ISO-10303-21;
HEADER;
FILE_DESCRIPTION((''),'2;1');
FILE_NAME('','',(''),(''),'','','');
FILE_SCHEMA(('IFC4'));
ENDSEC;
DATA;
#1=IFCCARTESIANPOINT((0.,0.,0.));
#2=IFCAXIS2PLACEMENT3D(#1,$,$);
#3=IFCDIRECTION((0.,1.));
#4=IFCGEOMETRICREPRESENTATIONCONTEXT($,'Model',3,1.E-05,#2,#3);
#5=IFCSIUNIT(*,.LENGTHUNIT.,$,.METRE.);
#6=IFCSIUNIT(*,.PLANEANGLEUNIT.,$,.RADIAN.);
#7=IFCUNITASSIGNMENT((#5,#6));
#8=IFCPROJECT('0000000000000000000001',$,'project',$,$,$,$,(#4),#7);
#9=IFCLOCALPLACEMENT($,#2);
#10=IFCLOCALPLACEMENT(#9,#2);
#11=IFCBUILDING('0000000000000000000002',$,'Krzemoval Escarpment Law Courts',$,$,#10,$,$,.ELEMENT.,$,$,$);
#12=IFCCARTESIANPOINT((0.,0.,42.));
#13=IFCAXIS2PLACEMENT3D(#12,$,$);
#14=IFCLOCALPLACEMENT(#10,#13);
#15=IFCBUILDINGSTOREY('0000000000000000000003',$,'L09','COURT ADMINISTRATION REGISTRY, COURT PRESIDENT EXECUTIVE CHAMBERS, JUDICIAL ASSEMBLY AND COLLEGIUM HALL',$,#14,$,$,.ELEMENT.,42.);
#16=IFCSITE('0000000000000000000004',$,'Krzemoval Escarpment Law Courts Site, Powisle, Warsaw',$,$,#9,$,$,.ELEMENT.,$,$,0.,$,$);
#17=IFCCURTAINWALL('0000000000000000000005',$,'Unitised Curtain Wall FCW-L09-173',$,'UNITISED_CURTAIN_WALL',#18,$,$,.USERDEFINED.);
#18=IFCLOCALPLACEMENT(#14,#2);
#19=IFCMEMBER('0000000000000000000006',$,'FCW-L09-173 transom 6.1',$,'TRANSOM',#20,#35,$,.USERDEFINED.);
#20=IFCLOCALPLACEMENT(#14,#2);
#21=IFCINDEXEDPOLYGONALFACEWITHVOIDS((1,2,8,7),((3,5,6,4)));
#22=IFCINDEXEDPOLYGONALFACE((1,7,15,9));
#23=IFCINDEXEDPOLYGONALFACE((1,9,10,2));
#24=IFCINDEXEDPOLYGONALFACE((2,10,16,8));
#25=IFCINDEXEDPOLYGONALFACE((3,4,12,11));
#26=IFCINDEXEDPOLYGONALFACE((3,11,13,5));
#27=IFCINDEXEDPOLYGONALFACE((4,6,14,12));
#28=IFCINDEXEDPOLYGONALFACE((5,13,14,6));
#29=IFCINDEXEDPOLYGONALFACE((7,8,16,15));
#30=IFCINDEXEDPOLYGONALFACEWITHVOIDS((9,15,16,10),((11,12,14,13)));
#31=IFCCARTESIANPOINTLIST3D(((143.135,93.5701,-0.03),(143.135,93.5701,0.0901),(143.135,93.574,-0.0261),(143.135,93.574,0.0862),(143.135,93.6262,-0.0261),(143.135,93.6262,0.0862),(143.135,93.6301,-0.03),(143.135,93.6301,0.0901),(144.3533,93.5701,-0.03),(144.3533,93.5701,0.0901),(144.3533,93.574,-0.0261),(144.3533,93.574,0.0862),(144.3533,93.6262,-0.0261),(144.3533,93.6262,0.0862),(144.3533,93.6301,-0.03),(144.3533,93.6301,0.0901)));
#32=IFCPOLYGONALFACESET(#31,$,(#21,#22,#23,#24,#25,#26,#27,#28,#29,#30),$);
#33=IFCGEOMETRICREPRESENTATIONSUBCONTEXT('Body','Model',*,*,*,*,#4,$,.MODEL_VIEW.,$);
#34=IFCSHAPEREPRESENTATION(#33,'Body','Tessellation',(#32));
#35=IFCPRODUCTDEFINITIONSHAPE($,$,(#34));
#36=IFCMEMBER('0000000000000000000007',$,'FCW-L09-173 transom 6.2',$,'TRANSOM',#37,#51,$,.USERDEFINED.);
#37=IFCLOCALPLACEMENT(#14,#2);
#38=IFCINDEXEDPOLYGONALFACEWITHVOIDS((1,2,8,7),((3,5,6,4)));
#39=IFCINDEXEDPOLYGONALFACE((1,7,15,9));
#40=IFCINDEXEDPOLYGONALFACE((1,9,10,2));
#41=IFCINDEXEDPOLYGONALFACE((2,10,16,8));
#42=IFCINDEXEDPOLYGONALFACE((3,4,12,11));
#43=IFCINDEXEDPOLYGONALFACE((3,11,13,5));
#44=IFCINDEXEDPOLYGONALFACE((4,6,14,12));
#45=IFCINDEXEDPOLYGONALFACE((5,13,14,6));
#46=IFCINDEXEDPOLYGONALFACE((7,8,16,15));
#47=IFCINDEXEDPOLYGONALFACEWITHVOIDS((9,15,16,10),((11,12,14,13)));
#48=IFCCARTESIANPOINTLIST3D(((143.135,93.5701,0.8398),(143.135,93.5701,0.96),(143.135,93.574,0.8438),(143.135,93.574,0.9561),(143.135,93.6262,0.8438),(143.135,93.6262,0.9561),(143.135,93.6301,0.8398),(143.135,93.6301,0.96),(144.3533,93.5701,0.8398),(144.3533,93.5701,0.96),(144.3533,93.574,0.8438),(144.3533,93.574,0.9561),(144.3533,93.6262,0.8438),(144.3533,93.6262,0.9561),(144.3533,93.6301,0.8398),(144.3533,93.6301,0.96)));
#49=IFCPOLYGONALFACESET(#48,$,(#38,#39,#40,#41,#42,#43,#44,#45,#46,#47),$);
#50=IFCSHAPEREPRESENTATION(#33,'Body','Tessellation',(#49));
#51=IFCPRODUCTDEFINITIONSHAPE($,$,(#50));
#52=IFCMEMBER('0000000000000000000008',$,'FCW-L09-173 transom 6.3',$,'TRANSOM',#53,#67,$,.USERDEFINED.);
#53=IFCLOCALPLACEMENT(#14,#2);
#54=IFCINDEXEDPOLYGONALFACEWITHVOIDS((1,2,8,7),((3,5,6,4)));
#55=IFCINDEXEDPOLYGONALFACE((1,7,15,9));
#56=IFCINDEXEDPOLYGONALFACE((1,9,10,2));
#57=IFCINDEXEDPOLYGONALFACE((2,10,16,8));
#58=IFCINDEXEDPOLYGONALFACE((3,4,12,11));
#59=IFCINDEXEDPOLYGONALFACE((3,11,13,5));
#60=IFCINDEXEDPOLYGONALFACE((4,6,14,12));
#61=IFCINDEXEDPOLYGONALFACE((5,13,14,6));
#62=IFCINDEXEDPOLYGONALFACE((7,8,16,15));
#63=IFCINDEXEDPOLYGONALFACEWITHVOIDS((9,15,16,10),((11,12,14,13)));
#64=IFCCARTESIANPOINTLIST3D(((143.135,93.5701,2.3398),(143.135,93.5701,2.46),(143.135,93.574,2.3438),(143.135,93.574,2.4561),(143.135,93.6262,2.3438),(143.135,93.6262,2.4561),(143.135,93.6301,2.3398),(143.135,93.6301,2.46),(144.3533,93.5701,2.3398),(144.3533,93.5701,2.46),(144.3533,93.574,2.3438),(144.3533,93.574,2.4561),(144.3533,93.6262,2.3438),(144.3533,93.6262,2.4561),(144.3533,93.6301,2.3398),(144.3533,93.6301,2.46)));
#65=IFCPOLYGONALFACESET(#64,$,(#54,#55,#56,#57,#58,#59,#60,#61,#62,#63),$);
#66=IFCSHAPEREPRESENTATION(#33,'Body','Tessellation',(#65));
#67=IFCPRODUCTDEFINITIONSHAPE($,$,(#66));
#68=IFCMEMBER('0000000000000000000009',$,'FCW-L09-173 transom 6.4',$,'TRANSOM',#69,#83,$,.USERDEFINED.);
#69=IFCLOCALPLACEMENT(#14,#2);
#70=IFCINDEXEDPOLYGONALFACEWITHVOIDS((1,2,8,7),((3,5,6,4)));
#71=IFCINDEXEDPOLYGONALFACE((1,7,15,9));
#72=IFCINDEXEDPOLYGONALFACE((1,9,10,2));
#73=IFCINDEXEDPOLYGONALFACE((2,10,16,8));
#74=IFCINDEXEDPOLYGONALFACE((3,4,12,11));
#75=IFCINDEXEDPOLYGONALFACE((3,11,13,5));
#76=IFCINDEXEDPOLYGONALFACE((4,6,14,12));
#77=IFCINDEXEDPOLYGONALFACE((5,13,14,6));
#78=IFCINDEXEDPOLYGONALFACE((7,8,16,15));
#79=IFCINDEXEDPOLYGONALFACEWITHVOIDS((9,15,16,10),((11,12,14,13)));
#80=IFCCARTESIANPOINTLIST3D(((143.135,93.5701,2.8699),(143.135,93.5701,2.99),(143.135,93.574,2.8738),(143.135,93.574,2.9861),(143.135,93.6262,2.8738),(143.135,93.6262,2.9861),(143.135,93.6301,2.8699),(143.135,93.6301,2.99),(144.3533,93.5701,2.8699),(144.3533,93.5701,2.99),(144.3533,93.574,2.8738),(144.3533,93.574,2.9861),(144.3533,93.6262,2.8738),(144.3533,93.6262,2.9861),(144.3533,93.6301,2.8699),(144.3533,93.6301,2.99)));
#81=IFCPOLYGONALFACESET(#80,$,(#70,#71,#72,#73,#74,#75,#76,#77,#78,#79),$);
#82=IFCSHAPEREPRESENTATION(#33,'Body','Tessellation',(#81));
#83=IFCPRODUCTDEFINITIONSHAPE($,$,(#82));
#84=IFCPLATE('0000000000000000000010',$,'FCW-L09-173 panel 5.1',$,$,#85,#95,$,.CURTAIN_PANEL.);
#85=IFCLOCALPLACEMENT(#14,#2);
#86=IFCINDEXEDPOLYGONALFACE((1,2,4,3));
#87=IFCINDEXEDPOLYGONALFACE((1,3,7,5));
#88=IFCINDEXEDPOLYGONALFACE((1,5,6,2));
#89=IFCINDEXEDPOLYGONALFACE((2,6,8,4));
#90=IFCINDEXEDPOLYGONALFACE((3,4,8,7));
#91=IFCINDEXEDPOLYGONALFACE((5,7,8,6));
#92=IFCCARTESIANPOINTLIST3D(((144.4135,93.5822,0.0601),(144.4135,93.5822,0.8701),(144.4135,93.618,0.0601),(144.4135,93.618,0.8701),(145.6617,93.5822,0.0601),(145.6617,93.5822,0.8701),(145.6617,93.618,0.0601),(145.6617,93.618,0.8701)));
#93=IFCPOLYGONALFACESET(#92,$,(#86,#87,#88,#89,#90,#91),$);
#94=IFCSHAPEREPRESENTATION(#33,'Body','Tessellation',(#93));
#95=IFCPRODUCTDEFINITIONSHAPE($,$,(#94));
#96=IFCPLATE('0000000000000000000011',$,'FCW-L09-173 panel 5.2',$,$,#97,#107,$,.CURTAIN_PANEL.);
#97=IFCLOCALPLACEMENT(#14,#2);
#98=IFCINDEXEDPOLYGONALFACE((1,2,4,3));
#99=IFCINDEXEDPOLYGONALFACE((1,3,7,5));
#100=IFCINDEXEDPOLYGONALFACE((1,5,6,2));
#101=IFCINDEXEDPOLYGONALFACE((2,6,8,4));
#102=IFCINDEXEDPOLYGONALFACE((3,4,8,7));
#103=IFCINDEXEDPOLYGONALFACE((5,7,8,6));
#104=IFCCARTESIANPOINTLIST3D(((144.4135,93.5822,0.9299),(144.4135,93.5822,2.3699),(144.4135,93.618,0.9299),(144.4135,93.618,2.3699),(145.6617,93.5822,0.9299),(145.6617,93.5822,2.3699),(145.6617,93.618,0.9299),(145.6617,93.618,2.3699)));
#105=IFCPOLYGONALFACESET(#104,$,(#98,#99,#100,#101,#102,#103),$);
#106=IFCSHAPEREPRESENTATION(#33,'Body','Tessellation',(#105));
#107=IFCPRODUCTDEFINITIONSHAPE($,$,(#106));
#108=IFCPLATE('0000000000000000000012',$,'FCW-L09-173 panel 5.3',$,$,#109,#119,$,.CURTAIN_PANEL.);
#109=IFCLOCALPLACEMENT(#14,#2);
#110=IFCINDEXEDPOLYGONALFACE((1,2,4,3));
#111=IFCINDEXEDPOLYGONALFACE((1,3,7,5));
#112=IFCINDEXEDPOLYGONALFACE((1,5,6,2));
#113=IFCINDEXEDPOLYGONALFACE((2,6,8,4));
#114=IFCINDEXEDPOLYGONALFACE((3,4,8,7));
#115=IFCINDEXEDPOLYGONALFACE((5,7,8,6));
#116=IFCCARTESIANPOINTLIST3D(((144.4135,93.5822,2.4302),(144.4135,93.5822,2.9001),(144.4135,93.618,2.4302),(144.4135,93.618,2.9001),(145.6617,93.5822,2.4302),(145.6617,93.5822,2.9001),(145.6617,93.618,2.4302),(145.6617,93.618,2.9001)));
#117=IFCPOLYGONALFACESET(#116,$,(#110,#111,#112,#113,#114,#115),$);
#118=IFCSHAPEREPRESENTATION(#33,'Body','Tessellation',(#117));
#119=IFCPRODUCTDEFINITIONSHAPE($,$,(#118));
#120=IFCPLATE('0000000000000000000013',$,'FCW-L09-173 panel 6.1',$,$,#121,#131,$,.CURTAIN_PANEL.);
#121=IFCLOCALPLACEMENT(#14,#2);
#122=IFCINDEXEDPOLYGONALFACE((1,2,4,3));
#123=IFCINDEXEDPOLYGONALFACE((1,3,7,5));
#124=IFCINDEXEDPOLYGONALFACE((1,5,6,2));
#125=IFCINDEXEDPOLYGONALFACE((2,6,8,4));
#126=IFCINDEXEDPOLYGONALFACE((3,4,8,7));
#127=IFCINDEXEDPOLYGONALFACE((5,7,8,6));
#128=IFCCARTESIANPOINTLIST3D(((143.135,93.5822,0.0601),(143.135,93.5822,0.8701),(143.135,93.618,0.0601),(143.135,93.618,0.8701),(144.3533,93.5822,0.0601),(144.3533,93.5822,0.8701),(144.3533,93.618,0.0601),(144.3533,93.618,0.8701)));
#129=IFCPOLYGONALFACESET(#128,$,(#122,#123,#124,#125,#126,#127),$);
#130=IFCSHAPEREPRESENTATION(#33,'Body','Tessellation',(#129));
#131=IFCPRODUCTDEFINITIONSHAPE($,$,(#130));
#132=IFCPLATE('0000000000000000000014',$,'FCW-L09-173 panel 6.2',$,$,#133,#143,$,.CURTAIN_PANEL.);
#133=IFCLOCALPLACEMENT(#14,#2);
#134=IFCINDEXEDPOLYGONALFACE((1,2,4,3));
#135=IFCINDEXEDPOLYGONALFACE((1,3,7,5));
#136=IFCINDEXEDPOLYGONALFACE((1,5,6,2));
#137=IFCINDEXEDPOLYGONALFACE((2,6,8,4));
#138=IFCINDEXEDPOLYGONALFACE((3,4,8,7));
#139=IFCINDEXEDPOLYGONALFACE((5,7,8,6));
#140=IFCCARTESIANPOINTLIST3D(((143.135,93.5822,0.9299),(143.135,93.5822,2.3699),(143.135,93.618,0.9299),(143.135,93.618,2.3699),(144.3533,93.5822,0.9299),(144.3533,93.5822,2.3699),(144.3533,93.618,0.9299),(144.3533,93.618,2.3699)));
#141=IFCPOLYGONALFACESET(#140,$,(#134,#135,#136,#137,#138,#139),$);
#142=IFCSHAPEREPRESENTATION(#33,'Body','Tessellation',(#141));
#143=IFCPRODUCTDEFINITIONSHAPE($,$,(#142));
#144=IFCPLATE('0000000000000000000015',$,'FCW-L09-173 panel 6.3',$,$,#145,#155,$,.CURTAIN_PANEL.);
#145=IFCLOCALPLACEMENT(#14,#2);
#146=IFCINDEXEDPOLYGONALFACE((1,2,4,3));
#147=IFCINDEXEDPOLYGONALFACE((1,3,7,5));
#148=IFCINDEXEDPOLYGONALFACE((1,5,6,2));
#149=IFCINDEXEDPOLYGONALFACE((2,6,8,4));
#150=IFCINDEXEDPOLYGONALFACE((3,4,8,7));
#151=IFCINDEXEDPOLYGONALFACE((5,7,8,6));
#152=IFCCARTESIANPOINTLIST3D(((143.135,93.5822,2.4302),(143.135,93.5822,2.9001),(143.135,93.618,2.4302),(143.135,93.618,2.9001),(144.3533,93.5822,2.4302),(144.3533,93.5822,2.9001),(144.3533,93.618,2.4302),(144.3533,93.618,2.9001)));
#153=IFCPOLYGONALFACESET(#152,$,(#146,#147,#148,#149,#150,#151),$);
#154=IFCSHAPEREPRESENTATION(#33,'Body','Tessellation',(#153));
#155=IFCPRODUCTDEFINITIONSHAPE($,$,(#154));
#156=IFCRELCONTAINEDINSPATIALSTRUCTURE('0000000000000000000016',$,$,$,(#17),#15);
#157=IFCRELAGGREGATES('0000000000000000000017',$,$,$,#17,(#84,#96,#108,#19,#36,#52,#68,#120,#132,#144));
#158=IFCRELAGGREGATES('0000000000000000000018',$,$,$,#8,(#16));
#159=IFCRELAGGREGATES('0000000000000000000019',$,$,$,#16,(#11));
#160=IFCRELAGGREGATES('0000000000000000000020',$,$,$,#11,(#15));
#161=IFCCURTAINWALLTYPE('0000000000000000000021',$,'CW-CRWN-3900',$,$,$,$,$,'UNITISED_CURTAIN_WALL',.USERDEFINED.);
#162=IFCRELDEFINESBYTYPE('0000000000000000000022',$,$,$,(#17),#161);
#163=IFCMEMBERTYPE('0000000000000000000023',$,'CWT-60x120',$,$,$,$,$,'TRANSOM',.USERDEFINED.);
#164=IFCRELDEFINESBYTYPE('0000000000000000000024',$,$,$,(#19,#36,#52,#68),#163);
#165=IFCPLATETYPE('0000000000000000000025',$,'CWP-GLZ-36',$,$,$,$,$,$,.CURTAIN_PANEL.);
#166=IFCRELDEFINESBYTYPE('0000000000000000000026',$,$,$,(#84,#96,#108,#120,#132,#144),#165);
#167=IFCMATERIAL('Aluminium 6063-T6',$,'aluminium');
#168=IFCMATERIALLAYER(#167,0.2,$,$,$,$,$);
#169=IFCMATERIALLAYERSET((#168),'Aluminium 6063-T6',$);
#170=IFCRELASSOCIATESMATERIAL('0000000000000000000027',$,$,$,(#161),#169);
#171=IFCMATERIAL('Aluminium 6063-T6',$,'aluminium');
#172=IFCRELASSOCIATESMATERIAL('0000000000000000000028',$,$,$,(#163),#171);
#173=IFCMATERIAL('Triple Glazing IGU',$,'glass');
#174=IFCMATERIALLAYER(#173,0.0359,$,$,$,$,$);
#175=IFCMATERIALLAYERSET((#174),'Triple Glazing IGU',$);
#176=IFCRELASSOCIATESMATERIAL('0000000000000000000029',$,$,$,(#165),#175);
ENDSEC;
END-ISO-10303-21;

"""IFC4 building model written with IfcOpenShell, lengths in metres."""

from ifc_helpers import new_model, si_unit, direction, frame, origin, origin_2d, place, context, subcontext, project, spatial, rectangle, hollow_rectangle, extrude, material, layer, layer_set, material_profile, profile_set, type_object, element, aggregate, save


model = new_model("IFC4")

# Units and contexts
model_context = context("Model", 3, precision=1e-05, world=origin(), true_north=direction((0.0, 1.0)))
body_context = subcontext(model_context, "Body", "Model", "MODEL_VIEW")
ifc_project = project(units=[si_unit("LENGTHUNIT", "METRE"), si_unit("PLANEANGLEUNIT", "RADIAN")], contexts=[model_context])

# Site, building, storey
site_placement = place(None, origin())
site = spatial("IfcSite", under=ifc_project, at=site_placement, Name="Krzemoval Escarpment Law Courts Site, Powisle, Warsaw", CompositionType="ELEMENT", RefElevation=0.0)
building_placement = place(site_placement, origin())
building = spatial("IfcBuilding", under=site, at=building_placement, Name="Krzemoval Escarpment Law Courts", CompositionType="ELEMENT")
storey_placement = place(building_placement, frame((0.0, 0.0, 42.0)))
storey = spatial("IfcBuildingStorey", under=building, at=storey_placement, Name="L09", Description="COURT ADMINISTRATION REGISTRY, COURT PRESIDENT EXECUTIVE CHAMBERS, JUDICIAL ASSEMBLY AND COLLEGIUM HALL", CompositionType="ELEMENT", Elevation=42.0)

# Curtain wall, members, plates
ifc_material_1 = material(Name="Aluminium 6063-T6", Category="aluminium")
ifc_layer_1 = layer(ifc_material_1, 0.2)
ifc_layer_set_1 = layer_set([ifc_layer_1], Name="Aluminium 6063-T6")
curtain_wall_type = type_object("IfcCurtainWallType", Name="CW-CRWN-3900", ElementType="UNITISED_CURTAIN_WALL", PredefinedType="USERDEFINED", material=ifc_layer_set_1)
curtain_wall_placement = place(storey_placement, origin())
curtain_wall = element("IfcCurtainWall", 1, at=curtain_wall_placement, inside=storey, type_object=curtain_wall_type, Name="Unitised Curtain Wall FCW-L09-173", ObjectType="UNITISED_CURTAIN_WALL", PredefinedType="USERDEFINED")
ifc_material_2 = material(Name="Aluminium 6063-T6", Category="aluminium")
ifc_material_profile_1 = material_profile(ifc_material_2, hollow_rectangle(XDim=0.0601, YDim=0.1201, WallThickness=0.0039, at=origin_2d()), Name="ALU T60x120")
ifc_profile_set_1 = profile_set([ifc_material_profile_1], Name="Aluminium 6063-T6")
member_type_1 = type_object("IfcMemberType", Name="CWT-60x120", ElementType="TRANSOM", PredefinedType="USERDEFINED", material=ifc_profile_set_1)
member_1_placement = place(storey_placement, frame((144.3533, 93.6001, 0.03), z_axis=(-1.0, 0.0, 0.0), x_axis=(0.0, -1.0, 0.0)))
member_1 = element("IfcMember", 2, at=member_1_placement, type_object=member_type_1, Name="FCW-L09-173 transom 6.1", ObjectType="TRANSOM", PredefinedType="USERDEFINED", context=body_context, shape_type="SweptSolid", body=[
    extrude(hollow_rectangle(XDim=0.0601, YDim=0.1201, WallThickness=0.0039, at=origin_2d()), origin(), (0.0, 0.0, 1.0), 1.2183),
])
member_2_placement = place(storey_placement, frame((144.3533, 93.6001, 0.8999), z_axis=(-1.0, 0.0, 0.0), x_axis=(0.0, -1.0, 0.0)))
member_2 = element("IfcMember", 3, at=member_2_placement, type_object=member_type_1, Name="FCW-L09-173 transom 6.2", ObjectType="TRANSOM", PredefinedType="USERDEFINED", context=body_context, shape_type="SweptSolid", body=[
    extrude(hollow_rectangle(XDim=0.0601, YDim=0.1201, WallThickness=0.0039, at=origin_2d()), origin(), (0.0, 0.0, 1.0), 1.2183),
])
member_3_placement = place(storey_placement, frame((144.3533, 93.6001, 2.3999), z_axis=(-1.0, 0.0, 0.0), x_axis=(0.0, -1.0, 0.0)))
member_3 = element("IfcMember", 4, at=member_3_placement, type_object=member_type_1, Name="FCW-L09-173 transom 6.3", ObjectType="TRANSOM", PredefinedType="USERDEFINED", context=body_context, shape_type="SweptSolid", body=[
    extrude(hollow_rectangle(XDim=0.0601, YDim=0.1201, WallThickness=0.0039, at=origin_2d()), origin(), (0.0, 0.0, 1.0), 1.2183),
])
member_4_placement = place(storey_placement, frame((144.3533, 93.6001, 2.9299), z_axis=(-1.0, 0.0, 0.0), x_axis=(0.0, -1.0, 0.0)))
member_4 = element("IfcMember", 5, at=member_4_placement, type_object=member_type_1, Name="FCW-L09-173 transom 6.4", ObjectType="TRANSOM", PredefinedType="USERDEFINED", context=body_context, shape_type="SweptSolid", body=[
    extrude(hollow_rectangle(XDim=0.0601, YDim=0.1201, WallThickness=0.0039, at=origin_2d()), origin(), (0.0, 0.0, 1.0), 1.2183),
])
ifc_material_3 = material(Name="Triple Glazing IGU", Category="glass")
ifc_layer_2 = layer(ifc_material_3, 0.0359)
ifc_layer_set_2 = layer_set([ifc_layer_2], Name="Triple Glazing IGU")
plate_type = type_object("IfcPlateType", Name="CWP-GLZ-36", PredefinedType="CURTAIN_PANEL", material=ifc_layer_set_2)
plate_1_placement = place(storey_placement, frame((145.0376, 93.6001, 0.0601), z_axis=(0.0, 0.0, 1.0), x_axis=(-1.0, 0.0, 0.0)))
plate_1 = element("IfcPlate", 6, at=plate_1_placement, type_object=plate_type, Name="FCW-L09-173 panel 5.1", PredefinedType="CURTAIN_PANEL", context=body_context, shape_type="SweptSolid", body=[
    extrude(rectangle(XDim=1.2483, YDim=0.0359, at=origin_2d()), origin(), (0.0, 0.0, 1.0), 0.8101),
])
plate_2_placement = place(storey_placement, frame((145.0376, 93.6001, 0.9299), z_axis=(0.0, 0.0, 1.0), x_axis=(-1.0, 0.0, 0.0)))
plate_2 = element("IfcPlate", 7, at=plate_2_placement, type_object=plate_type, Name="FCW-L09-173 panel 5.2", PredefinedType="CURTAIN_PANEL", context=body_context, shape_type="SweptSolid", body=[
    extrude(rectangle(XDim=1.2483, YDim=0.0359, at=origin_2d()), origin(), (0.0, 0.0, 1.0), 1.4399),
])
plate_3_placement = place(storey_placement, frame((145.0376, 93.6001, 2.4302), z_axis=(0.0, 0.0, 1.0), x_axis=(-1.0, 0.0, 0.0)))
plate_3 = element("IfcPlate", 8, at=plate_3_placement, type_object=plate_type, Name="FCW-L09-173 panel 5.3", PredefinedType="CURTAIN_PANEL", context=body_context, shape_type="SweptSolid", body=[
    extrude(rectangle(XDim=1.2483, YDim=0.0359, at=origin_2d()), origin(), (0.0, 0.0, 1.0), 0.47),
])
plate_4_placement = place(storey_placement, frame((143.7441, 93.6001, 0.0601), z_axis=(0.0, 0.0, 1.0), x_axis=(-1.0, 0.0, 0.0)))
plate_4 = element("IfcPlate", 9, at=plate_4_placement, type_object=plate_type, Name="FCW-L09-173 panel 6.1", PredefinedType="CURTAIN_PANEL", context=body_context, shape_type="SweptSolid", body=[
    extrude(rectangle(XDim=1.2183, YDim=0.0359, at=origin_2d()), origin(), (0.0, 0.0, 1.0), 0.8101),
])
plate_5_placement = place(storey_placement, frame((143.7441, 93.6001, 0.9299), z_axis=(0.0, 0.0, 1.0), x_axis=(-1.0, 0.0, 0.0)))
plate_5 = element("IfcPlate", 10, at=plate_5_placement, type_object=plate_type, Name="FCW-L09-173 panel 6.2", PredefinedType="CURTAIN_PANEL", context=body_context, shape_type="SweptSolid", body=[
    extrude(rectangle(XDim=1.2183, YDim=0.0359, at=origin_2d()), origin(), (0.0, 0.0, 1.0), 1.4399),
])
plate_6_placement = place(storey_placement, frame((143.7441, 93.6001, 2.4302), z_axis=(0.0, 0.0, 1.0), x_axis=(-1.0, 0.0, 0.0)))
plate_6 = element("IfcPlate", 11, at=plate_6_placement, type_object=plate_type, Name="FCW-L09-173 panel 6.3", PredefinedType="CURTAIN_PANEL", context=body_context, shape_type="SweptSolid", body=[
    extrude(rectangle(XDim=1.2183, YDim=0.0359, at=origin_2d()), origin(), (0.0, 0.0, 1.0), 0.47),
])
aggregate(curtain_wall, [plate_1, plate_2, plate_3, member_1, member_2, member_3, member_4, plate_4, plate_5, plate_6])

save(model, "model.ifc")
